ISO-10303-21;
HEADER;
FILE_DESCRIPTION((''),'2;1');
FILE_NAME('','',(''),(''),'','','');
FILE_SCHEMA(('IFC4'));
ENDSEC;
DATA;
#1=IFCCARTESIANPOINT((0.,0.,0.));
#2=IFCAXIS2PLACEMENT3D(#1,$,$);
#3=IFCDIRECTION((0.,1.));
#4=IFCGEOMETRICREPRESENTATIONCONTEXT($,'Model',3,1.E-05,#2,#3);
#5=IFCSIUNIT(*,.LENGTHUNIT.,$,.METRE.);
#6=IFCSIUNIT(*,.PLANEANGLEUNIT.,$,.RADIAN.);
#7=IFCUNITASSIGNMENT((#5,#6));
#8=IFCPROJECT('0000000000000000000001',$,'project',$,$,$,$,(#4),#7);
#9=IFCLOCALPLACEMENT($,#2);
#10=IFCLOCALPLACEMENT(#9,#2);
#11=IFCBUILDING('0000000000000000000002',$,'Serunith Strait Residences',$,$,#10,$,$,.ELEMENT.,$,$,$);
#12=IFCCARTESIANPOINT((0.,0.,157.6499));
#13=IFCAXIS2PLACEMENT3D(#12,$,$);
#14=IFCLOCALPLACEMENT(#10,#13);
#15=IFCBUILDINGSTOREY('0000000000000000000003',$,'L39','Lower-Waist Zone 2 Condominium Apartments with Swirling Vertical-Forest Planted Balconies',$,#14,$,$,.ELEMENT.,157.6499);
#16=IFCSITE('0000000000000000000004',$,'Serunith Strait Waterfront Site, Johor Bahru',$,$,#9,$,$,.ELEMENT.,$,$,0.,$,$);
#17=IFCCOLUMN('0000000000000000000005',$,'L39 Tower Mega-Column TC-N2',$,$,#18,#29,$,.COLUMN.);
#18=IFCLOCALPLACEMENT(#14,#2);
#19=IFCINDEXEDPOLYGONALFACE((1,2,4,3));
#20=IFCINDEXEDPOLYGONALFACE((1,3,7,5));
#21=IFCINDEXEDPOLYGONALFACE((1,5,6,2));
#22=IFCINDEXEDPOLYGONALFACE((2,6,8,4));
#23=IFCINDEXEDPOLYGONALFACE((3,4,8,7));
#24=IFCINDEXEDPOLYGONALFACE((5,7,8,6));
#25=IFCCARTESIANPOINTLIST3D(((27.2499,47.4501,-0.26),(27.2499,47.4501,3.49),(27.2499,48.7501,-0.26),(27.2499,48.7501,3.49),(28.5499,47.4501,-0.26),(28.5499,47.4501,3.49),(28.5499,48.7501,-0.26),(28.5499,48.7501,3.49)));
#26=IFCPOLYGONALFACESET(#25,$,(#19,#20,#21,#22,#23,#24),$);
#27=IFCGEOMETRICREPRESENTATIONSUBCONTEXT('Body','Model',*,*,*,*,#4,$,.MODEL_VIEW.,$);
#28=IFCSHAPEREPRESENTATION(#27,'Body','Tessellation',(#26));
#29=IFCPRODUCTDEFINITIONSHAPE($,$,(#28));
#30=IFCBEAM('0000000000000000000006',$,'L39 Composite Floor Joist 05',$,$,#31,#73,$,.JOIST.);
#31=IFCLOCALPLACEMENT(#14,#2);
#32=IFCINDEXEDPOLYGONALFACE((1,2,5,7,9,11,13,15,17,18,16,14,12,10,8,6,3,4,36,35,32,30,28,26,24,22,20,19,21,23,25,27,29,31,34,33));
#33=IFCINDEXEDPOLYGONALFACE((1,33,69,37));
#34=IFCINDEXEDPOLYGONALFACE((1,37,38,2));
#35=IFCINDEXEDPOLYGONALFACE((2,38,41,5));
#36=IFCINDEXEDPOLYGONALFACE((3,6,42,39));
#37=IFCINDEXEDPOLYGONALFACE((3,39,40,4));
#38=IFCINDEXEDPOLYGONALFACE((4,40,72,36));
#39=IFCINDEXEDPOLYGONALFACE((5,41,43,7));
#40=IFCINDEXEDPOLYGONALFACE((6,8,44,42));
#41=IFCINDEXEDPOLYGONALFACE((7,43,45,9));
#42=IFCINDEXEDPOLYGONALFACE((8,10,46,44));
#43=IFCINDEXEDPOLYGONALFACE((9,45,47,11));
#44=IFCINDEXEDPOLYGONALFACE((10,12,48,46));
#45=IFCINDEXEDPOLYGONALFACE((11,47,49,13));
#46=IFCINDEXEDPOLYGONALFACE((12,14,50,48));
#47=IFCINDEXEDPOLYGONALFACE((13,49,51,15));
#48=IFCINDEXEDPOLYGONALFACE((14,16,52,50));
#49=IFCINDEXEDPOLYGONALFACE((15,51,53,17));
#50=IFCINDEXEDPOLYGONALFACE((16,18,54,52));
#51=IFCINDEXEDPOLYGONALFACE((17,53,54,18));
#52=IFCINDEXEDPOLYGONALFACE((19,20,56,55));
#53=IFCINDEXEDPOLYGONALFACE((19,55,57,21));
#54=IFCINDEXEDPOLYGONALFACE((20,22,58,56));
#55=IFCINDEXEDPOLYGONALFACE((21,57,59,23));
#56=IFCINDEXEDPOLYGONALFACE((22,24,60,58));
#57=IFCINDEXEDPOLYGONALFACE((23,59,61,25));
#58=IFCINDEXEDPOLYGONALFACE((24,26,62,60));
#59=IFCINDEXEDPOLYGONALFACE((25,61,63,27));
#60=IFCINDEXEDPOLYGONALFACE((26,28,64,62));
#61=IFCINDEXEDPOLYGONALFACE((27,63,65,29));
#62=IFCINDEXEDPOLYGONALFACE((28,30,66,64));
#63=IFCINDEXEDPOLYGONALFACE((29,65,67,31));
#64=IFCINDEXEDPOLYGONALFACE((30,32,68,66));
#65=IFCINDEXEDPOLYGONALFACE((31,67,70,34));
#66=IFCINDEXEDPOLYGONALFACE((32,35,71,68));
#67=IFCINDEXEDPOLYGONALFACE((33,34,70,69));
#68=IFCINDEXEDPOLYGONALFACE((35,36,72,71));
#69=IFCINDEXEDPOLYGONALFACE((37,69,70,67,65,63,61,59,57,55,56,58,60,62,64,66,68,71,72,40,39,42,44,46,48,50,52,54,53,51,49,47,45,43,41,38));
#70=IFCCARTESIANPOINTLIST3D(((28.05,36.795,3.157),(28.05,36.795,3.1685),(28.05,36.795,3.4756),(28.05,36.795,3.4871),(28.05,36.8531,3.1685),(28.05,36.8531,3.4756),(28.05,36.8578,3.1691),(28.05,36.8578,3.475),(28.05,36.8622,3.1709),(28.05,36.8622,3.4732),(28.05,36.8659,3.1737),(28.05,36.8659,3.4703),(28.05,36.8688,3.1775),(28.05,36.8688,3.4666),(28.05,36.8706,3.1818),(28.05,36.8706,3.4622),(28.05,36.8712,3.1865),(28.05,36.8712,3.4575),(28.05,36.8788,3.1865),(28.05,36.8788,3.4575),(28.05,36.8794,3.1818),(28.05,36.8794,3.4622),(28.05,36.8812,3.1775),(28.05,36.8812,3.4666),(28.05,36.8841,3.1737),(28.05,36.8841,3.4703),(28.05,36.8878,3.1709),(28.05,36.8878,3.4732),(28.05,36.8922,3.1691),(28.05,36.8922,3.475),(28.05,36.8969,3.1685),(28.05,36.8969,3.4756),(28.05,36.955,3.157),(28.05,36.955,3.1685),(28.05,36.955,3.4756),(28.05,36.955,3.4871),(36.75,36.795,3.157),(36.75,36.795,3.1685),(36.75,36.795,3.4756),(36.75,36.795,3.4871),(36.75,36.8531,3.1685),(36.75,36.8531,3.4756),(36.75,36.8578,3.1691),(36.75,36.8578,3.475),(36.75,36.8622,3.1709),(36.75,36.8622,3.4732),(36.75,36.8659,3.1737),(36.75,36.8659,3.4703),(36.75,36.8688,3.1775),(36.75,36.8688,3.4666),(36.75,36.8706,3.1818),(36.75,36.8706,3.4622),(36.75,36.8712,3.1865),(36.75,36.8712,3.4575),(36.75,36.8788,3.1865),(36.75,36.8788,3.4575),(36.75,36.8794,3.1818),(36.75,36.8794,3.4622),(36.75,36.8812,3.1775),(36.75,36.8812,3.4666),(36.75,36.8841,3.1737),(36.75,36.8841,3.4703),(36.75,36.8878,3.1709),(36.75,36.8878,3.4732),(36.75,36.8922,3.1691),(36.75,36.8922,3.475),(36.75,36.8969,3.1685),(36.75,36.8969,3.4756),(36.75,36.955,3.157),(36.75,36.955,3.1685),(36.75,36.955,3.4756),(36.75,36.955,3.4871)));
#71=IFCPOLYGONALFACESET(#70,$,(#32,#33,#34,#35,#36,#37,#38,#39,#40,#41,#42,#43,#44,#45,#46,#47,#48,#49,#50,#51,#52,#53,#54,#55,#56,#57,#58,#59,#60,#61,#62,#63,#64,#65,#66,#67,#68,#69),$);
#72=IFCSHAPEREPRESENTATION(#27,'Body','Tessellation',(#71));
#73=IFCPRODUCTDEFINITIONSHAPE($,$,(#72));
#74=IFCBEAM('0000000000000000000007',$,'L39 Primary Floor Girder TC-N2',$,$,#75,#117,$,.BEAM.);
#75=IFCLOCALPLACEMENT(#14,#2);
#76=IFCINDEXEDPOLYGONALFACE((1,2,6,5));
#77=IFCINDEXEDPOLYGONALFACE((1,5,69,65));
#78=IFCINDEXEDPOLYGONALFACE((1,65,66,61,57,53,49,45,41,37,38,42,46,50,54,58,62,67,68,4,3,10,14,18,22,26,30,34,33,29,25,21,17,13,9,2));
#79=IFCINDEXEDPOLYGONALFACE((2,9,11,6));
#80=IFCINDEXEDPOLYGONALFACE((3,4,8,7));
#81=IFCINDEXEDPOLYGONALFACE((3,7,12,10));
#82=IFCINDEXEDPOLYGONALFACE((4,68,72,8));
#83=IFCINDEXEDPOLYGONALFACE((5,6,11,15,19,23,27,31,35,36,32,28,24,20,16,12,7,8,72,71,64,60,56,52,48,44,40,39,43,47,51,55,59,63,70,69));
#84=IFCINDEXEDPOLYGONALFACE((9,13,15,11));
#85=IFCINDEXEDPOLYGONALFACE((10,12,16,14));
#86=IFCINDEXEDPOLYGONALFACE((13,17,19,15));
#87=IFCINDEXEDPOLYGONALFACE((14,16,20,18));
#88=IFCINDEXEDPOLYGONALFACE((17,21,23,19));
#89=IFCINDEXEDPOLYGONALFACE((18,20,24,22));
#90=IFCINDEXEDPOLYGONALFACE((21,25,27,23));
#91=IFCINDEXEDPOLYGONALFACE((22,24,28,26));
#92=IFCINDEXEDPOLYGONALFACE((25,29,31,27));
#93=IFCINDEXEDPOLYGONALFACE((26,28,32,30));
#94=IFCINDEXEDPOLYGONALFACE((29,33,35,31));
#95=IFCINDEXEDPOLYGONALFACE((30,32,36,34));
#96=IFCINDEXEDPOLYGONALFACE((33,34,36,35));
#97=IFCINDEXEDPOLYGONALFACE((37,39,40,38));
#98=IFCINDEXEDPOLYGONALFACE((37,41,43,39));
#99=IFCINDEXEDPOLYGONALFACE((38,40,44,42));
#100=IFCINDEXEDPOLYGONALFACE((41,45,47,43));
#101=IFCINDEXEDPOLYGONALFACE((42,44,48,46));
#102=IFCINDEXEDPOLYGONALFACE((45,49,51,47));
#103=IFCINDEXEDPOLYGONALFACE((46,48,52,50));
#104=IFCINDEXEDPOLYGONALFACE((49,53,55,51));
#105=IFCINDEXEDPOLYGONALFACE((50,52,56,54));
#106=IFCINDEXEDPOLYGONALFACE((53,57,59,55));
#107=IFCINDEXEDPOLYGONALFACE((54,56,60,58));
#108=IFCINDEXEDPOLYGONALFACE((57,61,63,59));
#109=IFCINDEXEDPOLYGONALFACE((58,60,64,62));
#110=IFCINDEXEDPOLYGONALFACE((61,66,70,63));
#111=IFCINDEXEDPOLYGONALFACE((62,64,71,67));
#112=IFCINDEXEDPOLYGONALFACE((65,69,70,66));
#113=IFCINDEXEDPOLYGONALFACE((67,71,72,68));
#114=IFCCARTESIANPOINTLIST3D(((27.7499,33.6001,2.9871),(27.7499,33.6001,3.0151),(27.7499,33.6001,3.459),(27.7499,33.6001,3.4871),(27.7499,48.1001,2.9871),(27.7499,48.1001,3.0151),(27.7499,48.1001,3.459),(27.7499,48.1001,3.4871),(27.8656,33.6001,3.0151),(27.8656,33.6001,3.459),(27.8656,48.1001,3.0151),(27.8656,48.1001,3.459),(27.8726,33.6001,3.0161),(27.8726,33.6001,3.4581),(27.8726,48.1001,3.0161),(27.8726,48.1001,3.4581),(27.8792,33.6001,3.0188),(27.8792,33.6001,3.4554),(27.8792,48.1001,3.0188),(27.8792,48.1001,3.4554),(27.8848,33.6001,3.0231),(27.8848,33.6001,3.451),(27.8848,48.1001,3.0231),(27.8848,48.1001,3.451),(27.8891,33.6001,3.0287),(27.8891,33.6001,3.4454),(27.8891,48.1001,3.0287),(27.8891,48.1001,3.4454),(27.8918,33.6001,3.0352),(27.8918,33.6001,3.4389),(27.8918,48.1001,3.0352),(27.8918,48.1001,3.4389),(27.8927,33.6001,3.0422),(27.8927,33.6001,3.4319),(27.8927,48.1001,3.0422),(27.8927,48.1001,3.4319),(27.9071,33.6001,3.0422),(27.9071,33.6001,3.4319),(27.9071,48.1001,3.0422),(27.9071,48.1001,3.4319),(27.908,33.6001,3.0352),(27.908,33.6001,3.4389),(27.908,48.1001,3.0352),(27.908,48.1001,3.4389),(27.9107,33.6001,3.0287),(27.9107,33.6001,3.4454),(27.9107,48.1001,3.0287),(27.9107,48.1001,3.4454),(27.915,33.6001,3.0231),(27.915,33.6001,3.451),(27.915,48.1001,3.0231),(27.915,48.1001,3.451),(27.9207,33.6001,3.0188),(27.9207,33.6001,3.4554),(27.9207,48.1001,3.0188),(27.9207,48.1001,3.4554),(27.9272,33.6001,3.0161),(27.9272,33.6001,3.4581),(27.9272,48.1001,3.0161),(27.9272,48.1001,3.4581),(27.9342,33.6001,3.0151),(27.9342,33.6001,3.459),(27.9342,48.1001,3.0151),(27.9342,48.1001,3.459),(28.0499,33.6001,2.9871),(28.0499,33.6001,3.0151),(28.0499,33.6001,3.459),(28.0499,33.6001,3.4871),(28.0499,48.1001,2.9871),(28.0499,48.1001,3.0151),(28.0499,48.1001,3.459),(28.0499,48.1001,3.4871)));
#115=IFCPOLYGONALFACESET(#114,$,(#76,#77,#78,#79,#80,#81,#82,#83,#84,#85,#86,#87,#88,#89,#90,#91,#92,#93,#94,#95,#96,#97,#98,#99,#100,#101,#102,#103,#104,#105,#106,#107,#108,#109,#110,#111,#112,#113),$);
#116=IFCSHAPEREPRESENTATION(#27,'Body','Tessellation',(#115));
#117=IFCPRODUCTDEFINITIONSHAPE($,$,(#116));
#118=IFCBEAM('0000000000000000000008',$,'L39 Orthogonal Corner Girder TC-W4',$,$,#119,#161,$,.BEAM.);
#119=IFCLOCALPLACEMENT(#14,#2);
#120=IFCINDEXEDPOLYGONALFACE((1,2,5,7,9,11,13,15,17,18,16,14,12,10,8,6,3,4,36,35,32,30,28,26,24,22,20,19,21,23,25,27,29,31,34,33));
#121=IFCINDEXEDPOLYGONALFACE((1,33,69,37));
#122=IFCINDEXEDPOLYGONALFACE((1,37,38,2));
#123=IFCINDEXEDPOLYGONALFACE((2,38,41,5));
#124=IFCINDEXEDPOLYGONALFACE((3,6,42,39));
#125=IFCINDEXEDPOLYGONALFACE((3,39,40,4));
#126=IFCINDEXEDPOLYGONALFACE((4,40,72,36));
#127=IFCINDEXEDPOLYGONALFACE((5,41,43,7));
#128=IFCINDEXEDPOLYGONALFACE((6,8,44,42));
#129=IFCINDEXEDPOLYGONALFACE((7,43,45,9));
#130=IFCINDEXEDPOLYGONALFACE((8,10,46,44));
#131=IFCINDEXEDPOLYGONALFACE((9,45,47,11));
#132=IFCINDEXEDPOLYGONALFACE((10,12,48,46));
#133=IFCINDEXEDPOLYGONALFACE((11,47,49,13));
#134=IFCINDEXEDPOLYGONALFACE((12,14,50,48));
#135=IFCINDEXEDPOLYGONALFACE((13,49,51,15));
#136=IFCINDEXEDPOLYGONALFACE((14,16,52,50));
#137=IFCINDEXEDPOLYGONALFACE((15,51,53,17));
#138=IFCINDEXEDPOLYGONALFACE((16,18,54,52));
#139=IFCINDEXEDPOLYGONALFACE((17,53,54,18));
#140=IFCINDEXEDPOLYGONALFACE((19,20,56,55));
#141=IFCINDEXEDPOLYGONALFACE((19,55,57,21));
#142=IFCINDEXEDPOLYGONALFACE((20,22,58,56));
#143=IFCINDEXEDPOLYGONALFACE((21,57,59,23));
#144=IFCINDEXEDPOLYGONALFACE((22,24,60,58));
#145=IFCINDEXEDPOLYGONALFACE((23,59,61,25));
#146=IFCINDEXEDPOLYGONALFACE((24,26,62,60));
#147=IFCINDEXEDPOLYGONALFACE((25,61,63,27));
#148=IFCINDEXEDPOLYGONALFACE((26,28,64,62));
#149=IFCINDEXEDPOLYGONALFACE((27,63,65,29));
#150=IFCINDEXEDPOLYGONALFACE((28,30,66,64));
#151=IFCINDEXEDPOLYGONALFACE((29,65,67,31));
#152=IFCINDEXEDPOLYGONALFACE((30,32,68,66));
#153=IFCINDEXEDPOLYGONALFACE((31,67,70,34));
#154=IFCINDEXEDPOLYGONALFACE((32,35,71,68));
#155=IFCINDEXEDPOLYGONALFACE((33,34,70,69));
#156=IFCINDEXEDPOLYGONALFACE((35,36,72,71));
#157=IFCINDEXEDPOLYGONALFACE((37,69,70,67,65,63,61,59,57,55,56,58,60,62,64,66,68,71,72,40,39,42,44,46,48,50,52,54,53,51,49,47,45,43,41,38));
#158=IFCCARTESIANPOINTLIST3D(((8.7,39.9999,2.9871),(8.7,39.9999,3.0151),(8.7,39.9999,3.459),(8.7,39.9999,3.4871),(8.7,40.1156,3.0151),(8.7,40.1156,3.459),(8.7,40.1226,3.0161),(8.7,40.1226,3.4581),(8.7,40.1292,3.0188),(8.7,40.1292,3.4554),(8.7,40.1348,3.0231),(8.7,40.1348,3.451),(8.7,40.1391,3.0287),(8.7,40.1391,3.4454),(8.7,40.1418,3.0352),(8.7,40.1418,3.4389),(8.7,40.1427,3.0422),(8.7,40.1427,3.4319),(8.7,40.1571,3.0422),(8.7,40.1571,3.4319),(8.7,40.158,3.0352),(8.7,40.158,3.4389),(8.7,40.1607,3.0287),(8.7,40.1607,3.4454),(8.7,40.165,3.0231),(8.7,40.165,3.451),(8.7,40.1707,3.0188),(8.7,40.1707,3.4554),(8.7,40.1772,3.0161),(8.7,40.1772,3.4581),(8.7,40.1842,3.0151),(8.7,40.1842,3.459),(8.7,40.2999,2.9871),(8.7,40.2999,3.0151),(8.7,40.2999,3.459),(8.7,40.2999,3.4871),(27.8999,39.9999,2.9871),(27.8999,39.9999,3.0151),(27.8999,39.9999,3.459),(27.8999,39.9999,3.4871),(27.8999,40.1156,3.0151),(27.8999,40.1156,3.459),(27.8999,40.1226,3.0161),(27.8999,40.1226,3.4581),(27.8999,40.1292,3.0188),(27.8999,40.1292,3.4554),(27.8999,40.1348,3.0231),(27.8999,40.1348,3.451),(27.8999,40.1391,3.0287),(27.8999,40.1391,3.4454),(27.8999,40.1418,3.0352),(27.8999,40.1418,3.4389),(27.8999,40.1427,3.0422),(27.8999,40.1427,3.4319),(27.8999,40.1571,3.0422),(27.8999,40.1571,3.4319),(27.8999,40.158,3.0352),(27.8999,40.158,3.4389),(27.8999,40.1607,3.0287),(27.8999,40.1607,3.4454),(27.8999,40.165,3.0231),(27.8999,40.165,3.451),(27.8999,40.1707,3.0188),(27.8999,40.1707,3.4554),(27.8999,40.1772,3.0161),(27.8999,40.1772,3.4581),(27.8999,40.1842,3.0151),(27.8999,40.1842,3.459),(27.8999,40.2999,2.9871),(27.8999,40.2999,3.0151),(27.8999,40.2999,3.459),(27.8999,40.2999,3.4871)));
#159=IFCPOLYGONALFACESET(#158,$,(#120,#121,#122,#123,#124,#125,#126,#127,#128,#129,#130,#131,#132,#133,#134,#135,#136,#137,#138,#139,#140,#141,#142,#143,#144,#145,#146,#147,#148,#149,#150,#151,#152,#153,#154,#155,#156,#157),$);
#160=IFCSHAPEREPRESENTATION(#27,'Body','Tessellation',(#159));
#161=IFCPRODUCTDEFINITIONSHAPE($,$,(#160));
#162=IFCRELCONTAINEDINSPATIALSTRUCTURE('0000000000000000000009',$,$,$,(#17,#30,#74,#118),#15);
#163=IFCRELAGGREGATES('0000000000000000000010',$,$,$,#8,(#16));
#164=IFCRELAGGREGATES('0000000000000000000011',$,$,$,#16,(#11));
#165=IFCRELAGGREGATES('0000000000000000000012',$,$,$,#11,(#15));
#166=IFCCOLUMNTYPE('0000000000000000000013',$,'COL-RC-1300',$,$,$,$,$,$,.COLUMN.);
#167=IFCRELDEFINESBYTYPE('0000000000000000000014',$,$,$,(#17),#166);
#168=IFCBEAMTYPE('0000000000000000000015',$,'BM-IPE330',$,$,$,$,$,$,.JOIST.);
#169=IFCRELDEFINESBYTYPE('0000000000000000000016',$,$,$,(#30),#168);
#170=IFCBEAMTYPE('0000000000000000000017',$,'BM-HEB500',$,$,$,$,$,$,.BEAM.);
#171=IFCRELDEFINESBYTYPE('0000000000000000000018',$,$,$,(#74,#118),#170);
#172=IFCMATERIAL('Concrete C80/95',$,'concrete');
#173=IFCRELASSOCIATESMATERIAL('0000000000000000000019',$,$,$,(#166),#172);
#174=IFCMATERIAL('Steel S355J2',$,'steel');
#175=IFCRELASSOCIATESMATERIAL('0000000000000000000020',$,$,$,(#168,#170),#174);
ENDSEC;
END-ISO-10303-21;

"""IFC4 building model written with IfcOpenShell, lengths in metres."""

from ifc_helpers import new_model, si_unit, direction, frame, origin, origin_2d, place, context, subcontext, project, spatial, rectangle, i_section, extrude, source, transform, mapped, material, material_profile, profile_set, type_object, element, save


model = new_model("IFC4")

# Units and contexts
model_context = context("Model", 3, precision=1e-05, world=origin(), true_north=direction((0.0, 1.0)))
body_context = subcontext(model_context, "Body", "Model", "MODEL_VIEW")
ifc_project = project(units=[si_unit("LENGTHUNIT", "METRE"), si_unit("PLANEANGLEUNIT", "RADIAN")], contexts=[model_context])

# Site, building, storey
site_placement = place(None, origin())
site = spatial("IfcSite", under=ifc_project, at=site_placement, Name="Serunith Strait Waterfront Site, Johor Bahru", CompositionType="ELEMENT", RefElevation=0.0)
building_placement = place(site_placement, origin())
building = spatial("IfcBuilding", under=site, at=building_placement, Name="Serunith Strait Residences", CompositionType="ELEMENT")
storey_placement = place(building_placement, frame((0.0, 0.0, 157.6499)))
storey = spatial("IfcBuildingStorey", under=building, at=storey_placement, Name="L39", Description="Lower-Waist Zone 2 Condominium Apartments with Swirling Vertical-Forest Planted Balconies", CompositionType="ELEMENT", Elevation=157.6499)

# Column
ifc_material_1 = material(Name="Concrete C80/95", Category="concrete")
ifc_material_profile_1 = material_profile(ifc_material_1, rectangle(XDim=1.3, YDim=1.3, at=origin_2d()), Name="RC 1300x1300")
ifc_profile_set_1 = profile_set([ifc_material_profile_1], Name="Concrete C80/95")
column_type = type_object("IfcColumnType", Name="COL-RC-1300", PredefinedType="COLUMN", material=ifc_profile_set_1)
shared_shape_1 = source(origin(), body_context, "Body", "SweptSolid", [
    extrude(rectangle(XDim=1.3, YDim=1.3, at=origin_2d()), origin(), (0.0, 0.0, 1.0), 3.75),
])
column_placement = place(storey_placement, frame((27.8999, 48.1001, -0.26), z_axis=(0.0, 0.0, 1.0), x_axis=(1.0, 0.0, 0.0)))
element("IfcColumn", 1, at=column_placement, inside=storey, type_object=column_type, Name="L39 Tower Mega-Column TC-N2", PredefinedType="COLUMN", context=body_context, shape_type="MappedRepresentation", body=[
    mapped(shared_shape_1, transform((0.0, 0.0, 0.0), scale=1.0)),
])

# Beams
ifc_material_2 = material(Name="Steel S355J2", Category="steel")
ifc_material_profile_2 = material_profile(ifc_material_2, i_section(OverallWidth=0.1599, OverallDepth=0.3301, WebThickness=0.0076, FlangeThickness=0.0115, FilletRadius=0.0181, at=origin_2d()), Name="IPE 330")
ifc_profile_set_2 = profile_set([ifc_material_profile_2], Name="Steel S355J2")
beam_type_1 = type_object("IfcBeamType", Name="BM-IPE330", PredefinedType="JOIST", material=ifc_profile_set_2)
shared_shape_2 = source(origin(), body_context, "Body", "SweptSolid", [
    extrude(i_section(OverallWidth=0.1599, OverallDepth=0.3301, WebThickness=0.0076, FlangeThickness=0.0115, FilletRadius=0.0181, at=origin_2d()), origin(), (0.0, 0.0, 1.0), 8.7),
])
beam_1_placement = place(storey_placement, frame((28.05, 36.875, 3.322), z_axis=(1.0, 0.0, 0.0), x_axis=(0.0, 1.0, 0.0)))
element("IfcBeam", 2, at=beam_1_placement, inside=storey, type_object=beam_type_1, Name="L39 Composite Floor Joist 05", PredefinedType="JOIST", context=body_context, shape_type="MappedRepresentation", body=[
    mapped(shared_shape_2, transform((0.0, 0.0, 0.0), scale=1.0)),
])
ifc_material_profile_3 = material_profile(ifc_material_2, i_section(OverallWidth=0.3, OverallDepth=0.5, WebThickness=0.0144, FlangeThickness=0.0281, FilletRadius=0.0271, at=origin_2d()), Name="HEB 500")
ifc_profile_set_3 = profile_set([ifc_material_profile_3], Name="Steel S355J2")
beam_type_2 = type_object("IfcBeamType", Name="BM-HEB500", PredefinedType="BEAM", material=ifc_profile_set_3)
shared_shape_3 = source(origin(), body_context, "Body", "SweptSolid", [
    extrude(i_section(OverallWidth=0.3, OverallDepth=0.5, WebThickness=0.0144, FlangeThickness=0.0281, FilletRadius=0.0271, at=origin_2d()), origin(), (0.0, 0.0, 1.0), 14.5),
])
beam_2_placement = place(storey_placement, frame((27.8999, 33.6001, 3.2371), z_axis=(0.0, 1.0, 0.0), x_axis=(-1.0, 0.0, 0.0)))
element("IfcBeam", 3, at=beam_2_placement, inside=storey, type_object=beam_type_2, Name="L39 Primary Floor Girder TC-N2", PredefinedType="BEAM", context=body_context, shape_type="MappedRepresentation", body=[
    mapped(shared_shape_3, transform((0.0, 0.0, 0.0), scale=1.0)),
])
shared_shape_4 = source(origin(), body_context, "Body", "SweptSolid", [
    extrude(i_section(OverallWidth=0.3, OverallDepth=0.5, WebThickness=0.0144, FlangeThickness=0.0281, FilletRadius=0.0271, at=origin_2d()), origin(), (0.0, 0.0, 1.0), 19.2),
])
beam_3_placement = place(storey_placement, frame((27.8999, 40.1499, 3.2371), z_axis=(-1.0, 0.0, 0.0), x_axis=(0.0, -1.0, 0.0)))
element("IfcBeam", 4, at=beam_3_placement, inside=storey, type_object=beam_type_2, Name="L39 Orthogonal Corner Girder TC-W4", PredefinedType="BEAM", context=body_context, shape_type="MappedRepresentation", body=[
    mapped(shared_shape_4, transform((0.0, 0.0, 0.0), scale=1.0)),
])

save(model, "model.ifc")
